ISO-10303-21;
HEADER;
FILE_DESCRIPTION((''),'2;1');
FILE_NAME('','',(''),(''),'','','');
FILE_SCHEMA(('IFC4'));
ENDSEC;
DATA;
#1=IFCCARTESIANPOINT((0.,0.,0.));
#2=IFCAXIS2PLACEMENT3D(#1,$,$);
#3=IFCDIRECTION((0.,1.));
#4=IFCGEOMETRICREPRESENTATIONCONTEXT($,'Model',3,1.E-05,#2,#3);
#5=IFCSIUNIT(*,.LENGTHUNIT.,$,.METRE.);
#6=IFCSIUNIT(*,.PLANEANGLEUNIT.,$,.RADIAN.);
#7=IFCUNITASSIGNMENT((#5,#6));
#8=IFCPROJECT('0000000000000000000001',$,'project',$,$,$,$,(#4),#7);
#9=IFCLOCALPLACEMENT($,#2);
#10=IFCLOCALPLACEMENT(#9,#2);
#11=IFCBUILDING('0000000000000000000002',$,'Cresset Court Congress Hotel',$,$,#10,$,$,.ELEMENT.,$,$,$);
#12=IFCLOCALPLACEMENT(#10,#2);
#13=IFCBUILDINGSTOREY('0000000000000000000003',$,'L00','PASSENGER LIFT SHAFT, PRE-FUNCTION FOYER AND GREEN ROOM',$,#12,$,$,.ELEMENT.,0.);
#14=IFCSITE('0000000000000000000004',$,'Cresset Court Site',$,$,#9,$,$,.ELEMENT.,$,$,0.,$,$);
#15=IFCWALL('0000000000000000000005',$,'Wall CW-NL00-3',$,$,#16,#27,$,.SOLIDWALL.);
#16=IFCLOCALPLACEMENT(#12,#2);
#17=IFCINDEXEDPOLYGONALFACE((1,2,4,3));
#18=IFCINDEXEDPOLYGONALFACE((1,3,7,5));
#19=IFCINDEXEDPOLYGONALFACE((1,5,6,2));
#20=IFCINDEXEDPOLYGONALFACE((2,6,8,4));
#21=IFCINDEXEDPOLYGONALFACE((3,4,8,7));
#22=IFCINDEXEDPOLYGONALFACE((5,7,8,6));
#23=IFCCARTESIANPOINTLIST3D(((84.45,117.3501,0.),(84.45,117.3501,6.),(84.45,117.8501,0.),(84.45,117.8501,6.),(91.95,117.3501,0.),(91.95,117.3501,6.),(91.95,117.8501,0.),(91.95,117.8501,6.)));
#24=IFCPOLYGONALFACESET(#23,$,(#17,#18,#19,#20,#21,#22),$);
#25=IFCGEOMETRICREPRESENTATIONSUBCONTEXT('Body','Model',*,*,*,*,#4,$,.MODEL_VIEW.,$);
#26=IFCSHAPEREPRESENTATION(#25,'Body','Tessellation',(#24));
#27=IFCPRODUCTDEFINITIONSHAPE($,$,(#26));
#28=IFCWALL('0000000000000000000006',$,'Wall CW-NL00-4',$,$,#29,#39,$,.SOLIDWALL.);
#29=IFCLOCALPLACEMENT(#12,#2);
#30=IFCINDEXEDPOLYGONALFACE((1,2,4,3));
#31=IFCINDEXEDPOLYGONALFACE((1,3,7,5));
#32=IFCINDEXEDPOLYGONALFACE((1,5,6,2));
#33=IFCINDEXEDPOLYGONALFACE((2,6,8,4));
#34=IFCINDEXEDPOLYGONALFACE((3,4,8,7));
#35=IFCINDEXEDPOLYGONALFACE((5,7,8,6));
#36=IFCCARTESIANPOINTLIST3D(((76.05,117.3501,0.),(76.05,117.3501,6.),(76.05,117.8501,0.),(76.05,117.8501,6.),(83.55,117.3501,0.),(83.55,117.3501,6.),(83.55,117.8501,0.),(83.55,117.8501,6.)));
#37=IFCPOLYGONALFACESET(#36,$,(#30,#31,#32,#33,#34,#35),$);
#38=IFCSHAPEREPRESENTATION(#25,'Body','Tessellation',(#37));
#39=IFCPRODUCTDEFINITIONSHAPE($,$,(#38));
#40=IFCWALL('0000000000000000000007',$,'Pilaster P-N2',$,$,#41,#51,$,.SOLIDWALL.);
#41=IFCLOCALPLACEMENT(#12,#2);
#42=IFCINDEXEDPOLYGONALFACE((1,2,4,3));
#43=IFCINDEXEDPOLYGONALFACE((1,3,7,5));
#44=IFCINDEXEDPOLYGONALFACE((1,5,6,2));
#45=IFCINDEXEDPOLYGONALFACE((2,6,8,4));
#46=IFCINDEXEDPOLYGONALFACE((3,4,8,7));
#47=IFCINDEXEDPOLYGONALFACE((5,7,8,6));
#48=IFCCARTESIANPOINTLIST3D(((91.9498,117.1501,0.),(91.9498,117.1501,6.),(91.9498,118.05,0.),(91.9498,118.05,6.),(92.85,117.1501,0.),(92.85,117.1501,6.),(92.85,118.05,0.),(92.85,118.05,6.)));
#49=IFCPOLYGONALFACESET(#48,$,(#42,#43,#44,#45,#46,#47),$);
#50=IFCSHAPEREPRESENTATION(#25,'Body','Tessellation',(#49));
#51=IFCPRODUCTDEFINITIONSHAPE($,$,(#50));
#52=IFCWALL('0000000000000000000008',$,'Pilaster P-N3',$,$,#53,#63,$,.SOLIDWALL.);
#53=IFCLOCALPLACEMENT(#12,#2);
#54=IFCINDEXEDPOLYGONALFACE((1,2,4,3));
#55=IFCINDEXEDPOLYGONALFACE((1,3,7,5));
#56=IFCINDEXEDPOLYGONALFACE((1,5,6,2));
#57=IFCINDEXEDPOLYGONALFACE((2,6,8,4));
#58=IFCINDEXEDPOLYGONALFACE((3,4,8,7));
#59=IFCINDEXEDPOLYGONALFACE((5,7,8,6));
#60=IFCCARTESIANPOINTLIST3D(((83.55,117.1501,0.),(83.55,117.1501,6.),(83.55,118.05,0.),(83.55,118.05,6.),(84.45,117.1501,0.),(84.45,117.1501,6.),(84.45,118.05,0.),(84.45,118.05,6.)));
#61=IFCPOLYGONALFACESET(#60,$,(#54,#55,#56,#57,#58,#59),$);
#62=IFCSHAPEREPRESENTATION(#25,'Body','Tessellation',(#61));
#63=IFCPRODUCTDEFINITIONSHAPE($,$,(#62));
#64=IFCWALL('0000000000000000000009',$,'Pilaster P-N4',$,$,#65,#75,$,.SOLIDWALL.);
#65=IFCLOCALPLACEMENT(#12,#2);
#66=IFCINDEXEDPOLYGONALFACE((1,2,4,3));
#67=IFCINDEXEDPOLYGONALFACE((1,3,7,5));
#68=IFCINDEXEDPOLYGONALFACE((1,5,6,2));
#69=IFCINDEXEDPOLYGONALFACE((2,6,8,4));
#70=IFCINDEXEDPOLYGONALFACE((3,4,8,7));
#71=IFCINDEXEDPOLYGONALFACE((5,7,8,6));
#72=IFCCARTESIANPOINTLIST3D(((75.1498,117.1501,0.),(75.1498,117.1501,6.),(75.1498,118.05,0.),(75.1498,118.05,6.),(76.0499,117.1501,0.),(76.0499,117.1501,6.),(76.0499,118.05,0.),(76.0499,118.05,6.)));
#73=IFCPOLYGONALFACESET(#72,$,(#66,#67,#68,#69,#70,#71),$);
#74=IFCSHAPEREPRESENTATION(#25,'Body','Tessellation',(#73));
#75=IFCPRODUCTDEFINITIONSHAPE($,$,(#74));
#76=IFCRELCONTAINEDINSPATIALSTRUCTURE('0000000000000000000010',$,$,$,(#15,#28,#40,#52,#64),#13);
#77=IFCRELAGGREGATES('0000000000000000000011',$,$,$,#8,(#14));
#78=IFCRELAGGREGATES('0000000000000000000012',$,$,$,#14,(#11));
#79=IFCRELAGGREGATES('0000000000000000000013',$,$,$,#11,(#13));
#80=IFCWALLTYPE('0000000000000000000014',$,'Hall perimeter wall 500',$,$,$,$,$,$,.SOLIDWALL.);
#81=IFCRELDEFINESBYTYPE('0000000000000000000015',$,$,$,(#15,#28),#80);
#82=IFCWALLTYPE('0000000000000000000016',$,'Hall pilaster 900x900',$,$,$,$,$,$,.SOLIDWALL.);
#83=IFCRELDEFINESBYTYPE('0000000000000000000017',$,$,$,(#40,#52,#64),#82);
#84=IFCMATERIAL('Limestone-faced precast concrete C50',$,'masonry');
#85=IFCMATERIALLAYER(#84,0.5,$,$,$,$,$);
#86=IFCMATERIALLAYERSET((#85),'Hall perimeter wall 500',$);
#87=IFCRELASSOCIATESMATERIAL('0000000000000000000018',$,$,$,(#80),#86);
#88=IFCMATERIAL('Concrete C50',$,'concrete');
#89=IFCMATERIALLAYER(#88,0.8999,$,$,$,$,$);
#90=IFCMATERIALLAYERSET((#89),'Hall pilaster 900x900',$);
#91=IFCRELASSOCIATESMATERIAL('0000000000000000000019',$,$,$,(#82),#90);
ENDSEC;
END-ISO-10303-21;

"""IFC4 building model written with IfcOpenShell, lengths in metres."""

from ifc_helpers import new_model, si_unit, direction, frame, frame_2d, origin, place, context, subcontext, project, spatial, rectangle, extrude, material, layer, layer_set, type_object, element, save


model = new_model("IFC4")

# Units and contexts
model_context = context("Model", 3, precision=1e-05, world=origin(), true_north=direction((0.0, 1.0)))
body_context = subcontext(model_context, "Body", "Model", "MODEL_VIEW")
ifc_project = project(units=[si_unit("LENGTHUNIT", "METRE"), si_unit("PLANEANGLEUNIT", "RADIAN")], contexts=[model_context])

# Site, building, storey
site_placement = place(None, origin())
site = spatial("IfcSite", under=ifc_project, at=site_placement, Name="Cresset Court Site", CompositionType="ELEMENT", RefElevation=0.0)
building_placement = place(site_placement, origin())
building = spatial("IfcBuilding", under=site, at=building_placement, Name="Cresset Court Congress Hotel", CompositionType="ELEMENT")
storey_placement = place(building_placement, origin())
storey = spatial("IfcBuildingStorey", under=building, at=storey_placement, Name="L00", Description="PASSENGER LIFT SHAFT, PRE-FUNCTION FOYER AND GREEN ROOM", CompositionType="ELEMENT", Elevation=0.0)

# Walls
ifc_material_1 = material(Name="Limestone-faced precast concrete C50", Category="masonry")
ifc_layer_1 = layer(ifc_material_1, 0.5)
ifc_layer_set_1 = layer_set([ifc_layer_1], Name="Hall perimeter wall 500")
wall_type_1 = type_object("IfcWallType", Name="Hall perimeter wall 500", PredefinedType="SOLIDWALL", material=ifc_layer_set_1)
for number, where, z_axis, x_axis, name in (
    (1, (84.45, 117.6001, 0.0), (0.0, 0.0, 1.0), (1.0, 0.0, 0.0), "Wall CW-NL00-3"),
    (2, (76.05, 117.6001, 0.0), (0.0, 0.0, 1.0), (1.0, 0.0, 0.0), "Wall CW-NL00-4"),
):
    element("IfcWall", number, at=place(storey_placement, frame(where, z_axis=z_axis, x_axis=x_axis)), inside=storey, type_object=wall_type_1, Name=name, PredefinedType="SOLIDWALL", context=body_context, shape_type="SweptSolid", body=[
        extrude(rectangle(XDim=7.5, YDim=0.5, at=frame_2d((3.75, 0.0))), origin(), (0.0, 0.0, 1.0), 6.0),
    ])
ifc_material_2 = material(Name="Concrete C50", Category="concrete")
ifc_layer_2 = layer(ifc_material_2, 0.8999)
ifc_layer_set_2 = layer_set([ifc_layer_2], Name="Hall pilaster 900x900")
wall_type_2 = type_object("IfcWallType", Name="Hall pilaster 900x900", PredefinedType="SOLIDWALL", material=ifc_layer_set_2)
wall_1_placement = place(storey_placement, frame((92.8501, 117.6001, 0.0), z_axis=(0.0, 0.0, 1.0), x_axis=(-1.0, 0.0, 0.0)))
element("IfcWall", 3, at=wall_1_placement, inside=storey, type_object=wall_type_2, Name="Pilaster P-N2", PredefinedType="SOLIDWALL", context=body_context, shape_type="SweptSolid", body=[
    extrude(rectangle(XDim=0.9001, YDim=0.8999, at=frame_2d((0.4502, 0.0))), origin(), (0.0, 0.0, 1.0), 6.0),
])
wall_2_placement = place(storey_placement, frame((84.45, 117.6001, 0.0), z_axis=(0.0, 0.0, 1.0), x_axis=(-1.0, 0.0, 0.0)))
element("IfcWall", 4, at=wall_2_placement, inside=storey, type_object=wall_type_2, Name="Pilaster P-N3", PredefinedType="SOLIDWALL", context=body_context, shape_type="SweptSolid", body=[
    extrude(rectangle(XDim=0.8999, YDim=0.8999, at=frame_2d((0.45, 0.0))), origin(), (0.0, 0.0, 1.0), 6.0),
])
wall_3_placement = place(storey_placement, frame((76.05, 117.6001, 0.0), z_axis=(0.0, 0.0, 1.0), x_axis=(-1.0, 0.0, 0.0)))
element("IfcWall", 5, at=wall_3_placement, inside=storey, type_object=wall_type_2, Name="Pilaster P-N4", PredefinedType="SOLIDWALL", context=body_context, shape_type="SweptSolid", body=[
    extrude(rectangle(XDim=0.9001, YDim=0.8999, at=frame_2d((0.4502, 0.0))), origin(), (0.0, 0.0, 1.0), 6.0),
])

save(model, "model.ifc")
